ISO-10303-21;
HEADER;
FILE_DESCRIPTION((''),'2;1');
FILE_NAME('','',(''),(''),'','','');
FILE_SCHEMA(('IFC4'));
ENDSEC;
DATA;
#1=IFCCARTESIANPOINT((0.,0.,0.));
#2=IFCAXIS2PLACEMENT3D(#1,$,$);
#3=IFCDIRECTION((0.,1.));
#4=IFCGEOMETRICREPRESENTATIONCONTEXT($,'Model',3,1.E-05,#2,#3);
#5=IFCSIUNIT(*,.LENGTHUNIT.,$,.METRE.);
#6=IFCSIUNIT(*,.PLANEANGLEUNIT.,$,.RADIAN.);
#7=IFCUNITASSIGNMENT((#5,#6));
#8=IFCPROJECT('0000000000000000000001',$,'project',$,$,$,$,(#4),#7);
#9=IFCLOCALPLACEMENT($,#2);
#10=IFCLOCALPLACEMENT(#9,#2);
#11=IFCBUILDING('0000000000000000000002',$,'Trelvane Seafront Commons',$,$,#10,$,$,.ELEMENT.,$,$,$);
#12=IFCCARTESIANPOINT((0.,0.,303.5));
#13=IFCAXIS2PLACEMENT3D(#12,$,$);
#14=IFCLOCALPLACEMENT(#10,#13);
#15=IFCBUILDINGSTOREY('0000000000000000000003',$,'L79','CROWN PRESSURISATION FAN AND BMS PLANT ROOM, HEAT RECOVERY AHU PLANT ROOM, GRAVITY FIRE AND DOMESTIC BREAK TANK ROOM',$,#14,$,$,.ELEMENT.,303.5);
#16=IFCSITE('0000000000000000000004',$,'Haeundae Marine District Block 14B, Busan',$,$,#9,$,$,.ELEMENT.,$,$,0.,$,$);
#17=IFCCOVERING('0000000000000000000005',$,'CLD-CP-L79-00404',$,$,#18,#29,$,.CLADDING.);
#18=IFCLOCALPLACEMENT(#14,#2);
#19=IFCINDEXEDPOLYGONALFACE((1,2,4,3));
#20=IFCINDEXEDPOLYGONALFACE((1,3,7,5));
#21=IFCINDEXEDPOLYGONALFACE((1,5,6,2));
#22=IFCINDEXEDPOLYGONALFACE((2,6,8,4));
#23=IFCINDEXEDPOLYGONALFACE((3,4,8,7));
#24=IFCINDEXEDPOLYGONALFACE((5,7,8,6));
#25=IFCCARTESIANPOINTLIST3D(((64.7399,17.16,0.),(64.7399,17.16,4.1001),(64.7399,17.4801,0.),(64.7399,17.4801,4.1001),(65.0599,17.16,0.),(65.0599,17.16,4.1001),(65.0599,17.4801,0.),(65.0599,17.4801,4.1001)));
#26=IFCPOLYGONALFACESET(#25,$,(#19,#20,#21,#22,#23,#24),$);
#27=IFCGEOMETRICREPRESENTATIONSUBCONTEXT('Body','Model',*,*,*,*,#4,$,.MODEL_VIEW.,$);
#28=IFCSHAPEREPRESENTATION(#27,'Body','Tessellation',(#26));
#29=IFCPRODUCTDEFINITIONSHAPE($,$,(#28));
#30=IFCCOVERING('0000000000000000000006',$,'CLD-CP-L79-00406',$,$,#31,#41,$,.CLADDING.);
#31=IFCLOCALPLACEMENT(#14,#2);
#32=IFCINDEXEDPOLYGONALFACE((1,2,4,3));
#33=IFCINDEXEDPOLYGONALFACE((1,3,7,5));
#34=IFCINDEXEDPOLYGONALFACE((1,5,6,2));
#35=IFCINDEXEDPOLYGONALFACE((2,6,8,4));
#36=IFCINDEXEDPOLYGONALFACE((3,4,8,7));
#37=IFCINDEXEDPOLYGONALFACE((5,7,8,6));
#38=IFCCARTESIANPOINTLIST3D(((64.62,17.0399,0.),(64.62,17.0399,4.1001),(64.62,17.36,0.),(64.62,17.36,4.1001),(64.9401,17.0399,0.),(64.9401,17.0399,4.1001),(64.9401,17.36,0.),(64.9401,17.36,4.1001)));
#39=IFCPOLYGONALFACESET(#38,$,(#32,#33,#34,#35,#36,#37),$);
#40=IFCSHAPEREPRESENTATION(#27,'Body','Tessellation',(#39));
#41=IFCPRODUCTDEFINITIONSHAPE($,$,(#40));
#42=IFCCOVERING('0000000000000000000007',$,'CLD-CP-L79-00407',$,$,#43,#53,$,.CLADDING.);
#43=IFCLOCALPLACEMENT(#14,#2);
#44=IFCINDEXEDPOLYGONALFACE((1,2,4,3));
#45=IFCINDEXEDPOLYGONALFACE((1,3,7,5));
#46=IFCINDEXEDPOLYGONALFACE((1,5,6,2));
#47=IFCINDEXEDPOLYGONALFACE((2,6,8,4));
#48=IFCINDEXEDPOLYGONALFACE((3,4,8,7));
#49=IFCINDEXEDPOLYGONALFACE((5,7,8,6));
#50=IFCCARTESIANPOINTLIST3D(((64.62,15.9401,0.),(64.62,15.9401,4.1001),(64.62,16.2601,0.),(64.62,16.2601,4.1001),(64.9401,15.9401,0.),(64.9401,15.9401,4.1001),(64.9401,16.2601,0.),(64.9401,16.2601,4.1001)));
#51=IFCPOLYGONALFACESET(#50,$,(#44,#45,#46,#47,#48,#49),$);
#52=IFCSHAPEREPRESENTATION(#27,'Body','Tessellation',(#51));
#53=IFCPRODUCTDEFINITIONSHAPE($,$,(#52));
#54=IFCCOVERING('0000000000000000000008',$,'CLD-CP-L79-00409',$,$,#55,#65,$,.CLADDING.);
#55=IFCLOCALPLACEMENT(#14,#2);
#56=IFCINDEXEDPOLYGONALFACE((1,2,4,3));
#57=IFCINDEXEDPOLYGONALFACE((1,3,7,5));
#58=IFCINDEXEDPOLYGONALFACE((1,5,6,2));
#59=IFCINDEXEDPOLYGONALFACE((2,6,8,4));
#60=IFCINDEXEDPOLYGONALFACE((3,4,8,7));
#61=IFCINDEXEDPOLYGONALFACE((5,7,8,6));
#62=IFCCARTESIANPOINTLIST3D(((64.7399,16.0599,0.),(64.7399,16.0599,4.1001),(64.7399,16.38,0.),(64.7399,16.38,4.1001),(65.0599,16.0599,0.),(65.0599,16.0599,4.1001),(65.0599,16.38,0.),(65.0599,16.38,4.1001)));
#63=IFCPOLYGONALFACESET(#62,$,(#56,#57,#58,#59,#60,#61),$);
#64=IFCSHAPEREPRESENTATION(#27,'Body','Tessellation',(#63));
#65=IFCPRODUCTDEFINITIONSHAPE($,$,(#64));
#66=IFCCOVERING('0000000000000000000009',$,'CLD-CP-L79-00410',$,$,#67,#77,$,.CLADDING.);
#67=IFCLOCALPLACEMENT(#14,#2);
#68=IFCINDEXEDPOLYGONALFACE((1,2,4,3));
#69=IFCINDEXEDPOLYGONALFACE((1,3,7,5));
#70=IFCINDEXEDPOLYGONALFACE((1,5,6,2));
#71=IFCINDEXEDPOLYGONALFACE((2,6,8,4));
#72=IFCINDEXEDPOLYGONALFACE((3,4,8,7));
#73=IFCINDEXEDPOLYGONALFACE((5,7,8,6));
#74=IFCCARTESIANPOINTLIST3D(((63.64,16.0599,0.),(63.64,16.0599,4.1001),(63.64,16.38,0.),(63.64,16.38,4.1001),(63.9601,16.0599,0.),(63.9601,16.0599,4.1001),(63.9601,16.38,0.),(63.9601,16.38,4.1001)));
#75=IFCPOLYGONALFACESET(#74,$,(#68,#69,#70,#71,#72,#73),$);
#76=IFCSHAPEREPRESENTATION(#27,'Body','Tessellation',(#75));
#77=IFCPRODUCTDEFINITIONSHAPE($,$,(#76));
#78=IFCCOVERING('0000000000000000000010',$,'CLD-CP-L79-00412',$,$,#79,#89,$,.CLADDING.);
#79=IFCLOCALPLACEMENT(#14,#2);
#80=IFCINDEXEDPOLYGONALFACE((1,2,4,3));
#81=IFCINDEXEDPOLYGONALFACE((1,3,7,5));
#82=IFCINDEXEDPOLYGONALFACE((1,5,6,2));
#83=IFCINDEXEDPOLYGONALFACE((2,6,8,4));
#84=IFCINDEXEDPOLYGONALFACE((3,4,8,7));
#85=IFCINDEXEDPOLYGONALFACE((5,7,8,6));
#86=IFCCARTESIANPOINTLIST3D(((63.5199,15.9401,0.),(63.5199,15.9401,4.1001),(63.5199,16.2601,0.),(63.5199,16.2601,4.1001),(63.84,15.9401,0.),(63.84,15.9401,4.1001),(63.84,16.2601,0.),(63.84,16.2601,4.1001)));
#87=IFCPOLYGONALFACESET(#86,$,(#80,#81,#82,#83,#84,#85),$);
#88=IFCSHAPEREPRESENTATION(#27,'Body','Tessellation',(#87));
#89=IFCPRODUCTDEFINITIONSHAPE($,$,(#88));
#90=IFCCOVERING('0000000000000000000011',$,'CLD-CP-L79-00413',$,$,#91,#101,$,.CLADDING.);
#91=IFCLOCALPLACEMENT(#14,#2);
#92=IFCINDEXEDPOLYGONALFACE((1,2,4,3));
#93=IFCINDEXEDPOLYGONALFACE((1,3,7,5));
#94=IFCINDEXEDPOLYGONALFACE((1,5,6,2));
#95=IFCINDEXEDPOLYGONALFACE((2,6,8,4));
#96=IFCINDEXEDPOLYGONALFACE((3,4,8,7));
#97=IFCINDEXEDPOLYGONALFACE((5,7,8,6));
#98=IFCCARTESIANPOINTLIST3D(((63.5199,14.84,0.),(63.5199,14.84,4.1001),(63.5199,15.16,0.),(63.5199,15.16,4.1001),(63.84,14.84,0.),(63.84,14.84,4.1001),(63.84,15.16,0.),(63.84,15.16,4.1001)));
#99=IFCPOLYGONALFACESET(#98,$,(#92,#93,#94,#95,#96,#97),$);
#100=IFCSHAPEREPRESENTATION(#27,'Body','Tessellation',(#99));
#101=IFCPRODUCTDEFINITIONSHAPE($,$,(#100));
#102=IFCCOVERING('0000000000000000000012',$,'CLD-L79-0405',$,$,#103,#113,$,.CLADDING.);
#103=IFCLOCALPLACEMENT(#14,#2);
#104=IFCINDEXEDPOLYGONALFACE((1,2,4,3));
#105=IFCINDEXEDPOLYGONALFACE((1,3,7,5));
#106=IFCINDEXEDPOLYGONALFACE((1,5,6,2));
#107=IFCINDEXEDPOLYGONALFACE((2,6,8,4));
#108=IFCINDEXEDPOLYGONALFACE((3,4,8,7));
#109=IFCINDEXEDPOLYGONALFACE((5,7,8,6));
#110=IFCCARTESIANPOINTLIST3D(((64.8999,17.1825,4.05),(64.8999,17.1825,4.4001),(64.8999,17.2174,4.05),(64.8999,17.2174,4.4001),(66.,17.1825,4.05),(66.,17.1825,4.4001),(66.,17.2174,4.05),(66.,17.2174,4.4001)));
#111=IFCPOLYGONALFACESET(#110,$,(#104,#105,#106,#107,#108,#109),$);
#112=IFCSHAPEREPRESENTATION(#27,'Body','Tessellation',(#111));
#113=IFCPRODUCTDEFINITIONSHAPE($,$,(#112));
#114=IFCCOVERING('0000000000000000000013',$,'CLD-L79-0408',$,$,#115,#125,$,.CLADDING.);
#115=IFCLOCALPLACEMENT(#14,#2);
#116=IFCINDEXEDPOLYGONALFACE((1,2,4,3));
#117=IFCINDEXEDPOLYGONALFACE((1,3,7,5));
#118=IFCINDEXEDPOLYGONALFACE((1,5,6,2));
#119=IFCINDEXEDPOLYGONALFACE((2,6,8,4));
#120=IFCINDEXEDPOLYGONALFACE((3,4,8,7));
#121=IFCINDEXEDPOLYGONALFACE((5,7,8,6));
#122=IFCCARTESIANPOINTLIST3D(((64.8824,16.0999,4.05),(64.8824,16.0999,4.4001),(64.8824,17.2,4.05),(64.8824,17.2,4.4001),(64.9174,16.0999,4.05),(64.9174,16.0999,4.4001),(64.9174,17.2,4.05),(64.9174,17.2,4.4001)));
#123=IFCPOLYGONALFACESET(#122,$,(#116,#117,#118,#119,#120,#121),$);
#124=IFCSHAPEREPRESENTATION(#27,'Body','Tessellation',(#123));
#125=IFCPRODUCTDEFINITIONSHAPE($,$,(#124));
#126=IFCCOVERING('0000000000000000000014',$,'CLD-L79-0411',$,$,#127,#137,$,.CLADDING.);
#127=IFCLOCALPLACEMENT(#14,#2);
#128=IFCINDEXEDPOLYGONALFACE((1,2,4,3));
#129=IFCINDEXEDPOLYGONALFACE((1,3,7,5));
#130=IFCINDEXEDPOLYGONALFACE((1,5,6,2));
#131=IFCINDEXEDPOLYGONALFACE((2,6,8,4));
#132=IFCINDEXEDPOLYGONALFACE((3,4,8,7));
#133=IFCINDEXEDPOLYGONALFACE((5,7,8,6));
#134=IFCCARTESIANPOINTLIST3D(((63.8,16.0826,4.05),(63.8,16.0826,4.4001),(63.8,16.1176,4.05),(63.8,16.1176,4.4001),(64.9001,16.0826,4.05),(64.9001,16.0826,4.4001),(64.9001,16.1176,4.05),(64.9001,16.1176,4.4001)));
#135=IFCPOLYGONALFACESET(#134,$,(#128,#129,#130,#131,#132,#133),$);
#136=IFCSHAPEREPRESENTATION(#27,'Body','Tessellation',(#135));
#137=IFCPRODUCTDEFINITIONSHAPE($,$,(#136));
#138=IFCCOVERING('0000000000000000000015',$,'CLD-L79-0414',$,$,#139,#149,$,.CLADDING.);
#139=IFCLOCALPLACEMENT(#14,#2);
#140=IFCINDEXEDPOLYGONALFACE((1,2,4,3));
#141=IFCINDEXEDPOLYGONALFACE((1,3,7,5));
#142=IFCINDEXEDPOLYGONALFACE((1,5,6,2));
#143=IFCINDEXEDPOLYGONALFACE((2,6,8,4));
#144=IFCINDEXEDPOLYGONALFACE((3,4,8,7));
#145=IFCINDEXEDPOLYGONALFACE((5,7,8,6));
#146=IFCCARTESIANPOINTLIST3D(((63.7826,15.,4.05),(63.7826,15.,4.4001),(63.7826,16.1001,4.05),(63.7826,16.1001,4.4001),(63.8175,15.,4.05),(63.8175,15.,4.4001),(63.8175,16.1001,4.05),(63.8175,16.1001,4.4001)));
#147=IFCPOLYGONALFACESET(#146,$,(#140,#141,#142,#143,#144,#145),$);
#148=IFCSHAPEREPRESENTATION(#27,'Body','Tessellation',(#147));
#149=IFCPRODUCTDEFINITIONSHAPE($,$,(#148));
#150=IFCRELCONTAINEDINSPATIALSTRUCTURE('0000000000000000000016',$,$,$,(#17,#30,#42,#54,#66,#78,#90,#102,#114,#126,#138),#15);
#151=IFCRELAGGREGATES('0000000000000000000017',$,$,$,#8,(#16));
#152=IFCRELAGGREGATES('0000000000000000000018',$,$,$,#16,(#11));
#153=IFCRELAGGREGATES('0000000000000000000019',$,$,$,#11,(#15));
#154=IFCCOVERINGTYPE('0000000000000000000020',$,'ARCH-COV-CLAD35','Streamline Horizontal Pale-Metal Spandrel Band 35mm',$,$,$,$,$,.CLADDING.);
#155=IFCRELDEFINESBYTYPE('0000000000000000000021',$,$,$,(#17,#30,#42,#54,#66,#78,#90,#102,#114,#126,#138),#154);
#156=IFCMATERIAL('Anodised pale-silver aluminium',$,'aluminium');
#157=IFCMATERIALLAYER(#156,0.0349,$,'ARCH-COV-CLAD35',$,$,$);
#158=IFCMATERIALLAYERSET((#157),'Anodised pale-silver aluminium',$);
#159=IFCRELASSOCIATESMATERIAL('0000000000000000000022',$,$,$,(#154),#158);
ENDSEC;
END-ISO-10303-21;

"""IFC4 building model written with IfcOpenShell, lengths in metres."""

from ifc_helpers import new_model, si_unit, direction, frame, origin, origin_2d, place, context, subcontext, project, spatial, rectangle, extrude, source, transform, mapped, material, layer, layer_set, type_object, element, save


model = new_model("IFC4")

# Units and contexts
model_context = context("Model", 3, precision=1e-05, world=origin(), true_north=direction((0.0, 1.0)))
body_context = subcontext(model_context, "Body", "Model", "MODEL_VIEW")
ifc_project = project(units=[si_unit("LENGTHUNIT", "METRE"), si_unit("PLANEANGLEUNIT", "RADIAN")], contexts=[model_context])

# Site, building, storey
site_placement = place(None, origin())
site = spatial("IfcSite", under=ifc_project, at=site_placement, Name="Haeundae Marine District Block 14B, Busan", CompositionType="ELEMENT", RefElevation=0.0)
building_placement = place(site_placement, origin())
building = spatial("IfcBuilding", under=site, at=building_placement, Name="Trelvane Seafront Commons", CompositionType="ELEMENT")
storey_placement = place(building_placement, frame((0.0, 0.0, 303.5)))
storey = spatial("IfcBuildingStorey", under=building, at=storey_placement, Name="L79", Description="CROWN PRESSURISATION FAN AND BMS PLANT ROOM, HEAT RECOVERY AHU PLANT ROOM, GRAVITY FIRE AND DOMESTIC BREAK TANK ROOM", CompositionType="ELEMENT", Elevation=303.5)

# Shared definitions
ifc_material_1 = material(Name="Anodised pale-silver aluminium", Category="aluminium")

# Coverings
ifc_layer_1 = layer(ifc_material_1, 0.0349, Name="ARCH-COV-CLAD35")
ifc_layer_set_1 = layer_set([ifc_layer_1], Name="Anodised pale-silver aluminium")
covering_type = type_object("IfcCoveringType", Name="ARCH-COV-CLAD35", Description="Streamline Horizontal Pale-Metal Spandrel Band 35mm", PredefinedType="CLADDING", material=ifc_layer_set_1)
shared_shape_1 = source(origin(), body_context, "Body", "SweptSolid", [
    extrude(rectangle(XDim=0.3201, YDim=0.3201, at=origin_2d()), origin(), (0.0, 0.0, 1.0), 4.1001),
])
for number, where, z_axis, x_axis, name in (
    (1, (64.8999, 17.3201, 0.0), (0.0, 0.0, 1.0), (1.0, 0.0, 0.0), "CLD-CP-L79-00404"),
    (2, (64.78, 17.2, 0.0), (0.0, 0.0, 1.0), (1.0, 0.0, 0.0), "CLD-CP-L79-00406"),
    (3, (64.78, 16.1001, 0.0), (0.0, 0.0, 1.0), (1.0, 0.0, 0.0), "CLD-CP-L79-00407"),
    (4, (64.8999, 16.22, 0.0), (0.0, 0.0, 1.0), (1.0, 0.0, 0.0), "CLD-CP-L79-00409"),
    (5, (63.8, 16.22, 0.0), (0.0, 0.0, 1.0), (1.0, 0.0, 0.0), "CLD-CP-L79-00410"),
    (6, (63.6799, 16.1001, 0.0), (0.0, 0.0, 1.0), (1.0, 0.0, 0.0), "CLD-CP-L79-00412"),
    (7, (63.6799, 15.0, 0.0), (0.0, 0.0, 1.0), (1.0, 0.0, 0.0), "CLD-CP-L79-00413"),
):
    element("IfcCovering", number, at=place(storey_placement, frame(where, z_axis=z_axis, x_axis=x_axis)), inside=storey, type_object=covering_type, Name=name, PredefinedType="CLADDING", context=body_context, shape_type="MappedRepresentation", body=[
        mapped(shared_shape_1, transform((0.0, 0.0, 0.0), x_axis=(1.0, 0.0, 0.0), y_axis=(0.0, 1.0, 0.0), z_axis=(0.0, 0.0, 1.0), scale=1.0)),
    ])
shared_shape_2 = source(origin(), body_context, "Body", "SweptSolid", [
    extrude(rectangle(XDim=1.1001, YDim=0.0349, at=origin_2d()), origin(), (0.0, 0.0, 1.0), 0.3501),
])
for number, where, z_axis, x_axis, name in (
    (8, (65.45, 17.2, 4.05), (0.0, 0.0, 1.0), (-1.0, 0.0, 0.0), "CLD-L79-0405"),
    (9, (64.8999, 16.6499, 4.05), (0.0, 0.0, 1.0), (0.0, -1.0, 0.0), "CLD-L79-0408"),
    (10, (64.3501, 16.1001, 4.05), (0.0, 0.0, 1.0), (-1.0, 0.0, 0.0), "CLD-L79-0411"),
    (11, (63.8, 15.55, 4.05), (0.0, 0.0, 1.0), (0.0, -1.0, 0.0), "CLD-L79-0414"),
):
    element("IfcCovering", number, at=place(storey_placement, frame(where, z_axis=z_axis, x_axis=x_axis)), inside=storey, type_object=covering_type, Name=name, PredefinedType="CLADDING", context=body_context, shape_type="MappedRepresentation", body=[
        mapped(shared_shape_2, transform((0.0, 0.0, 0.0), x_axis=(1.0, 0.0, 0.0), y_axis=(0.0, 1.0, 0.0), z_axis=(0.0, 0.0, 1.0), scale=1.0)),
    ])

save(model, "model.ifc")
